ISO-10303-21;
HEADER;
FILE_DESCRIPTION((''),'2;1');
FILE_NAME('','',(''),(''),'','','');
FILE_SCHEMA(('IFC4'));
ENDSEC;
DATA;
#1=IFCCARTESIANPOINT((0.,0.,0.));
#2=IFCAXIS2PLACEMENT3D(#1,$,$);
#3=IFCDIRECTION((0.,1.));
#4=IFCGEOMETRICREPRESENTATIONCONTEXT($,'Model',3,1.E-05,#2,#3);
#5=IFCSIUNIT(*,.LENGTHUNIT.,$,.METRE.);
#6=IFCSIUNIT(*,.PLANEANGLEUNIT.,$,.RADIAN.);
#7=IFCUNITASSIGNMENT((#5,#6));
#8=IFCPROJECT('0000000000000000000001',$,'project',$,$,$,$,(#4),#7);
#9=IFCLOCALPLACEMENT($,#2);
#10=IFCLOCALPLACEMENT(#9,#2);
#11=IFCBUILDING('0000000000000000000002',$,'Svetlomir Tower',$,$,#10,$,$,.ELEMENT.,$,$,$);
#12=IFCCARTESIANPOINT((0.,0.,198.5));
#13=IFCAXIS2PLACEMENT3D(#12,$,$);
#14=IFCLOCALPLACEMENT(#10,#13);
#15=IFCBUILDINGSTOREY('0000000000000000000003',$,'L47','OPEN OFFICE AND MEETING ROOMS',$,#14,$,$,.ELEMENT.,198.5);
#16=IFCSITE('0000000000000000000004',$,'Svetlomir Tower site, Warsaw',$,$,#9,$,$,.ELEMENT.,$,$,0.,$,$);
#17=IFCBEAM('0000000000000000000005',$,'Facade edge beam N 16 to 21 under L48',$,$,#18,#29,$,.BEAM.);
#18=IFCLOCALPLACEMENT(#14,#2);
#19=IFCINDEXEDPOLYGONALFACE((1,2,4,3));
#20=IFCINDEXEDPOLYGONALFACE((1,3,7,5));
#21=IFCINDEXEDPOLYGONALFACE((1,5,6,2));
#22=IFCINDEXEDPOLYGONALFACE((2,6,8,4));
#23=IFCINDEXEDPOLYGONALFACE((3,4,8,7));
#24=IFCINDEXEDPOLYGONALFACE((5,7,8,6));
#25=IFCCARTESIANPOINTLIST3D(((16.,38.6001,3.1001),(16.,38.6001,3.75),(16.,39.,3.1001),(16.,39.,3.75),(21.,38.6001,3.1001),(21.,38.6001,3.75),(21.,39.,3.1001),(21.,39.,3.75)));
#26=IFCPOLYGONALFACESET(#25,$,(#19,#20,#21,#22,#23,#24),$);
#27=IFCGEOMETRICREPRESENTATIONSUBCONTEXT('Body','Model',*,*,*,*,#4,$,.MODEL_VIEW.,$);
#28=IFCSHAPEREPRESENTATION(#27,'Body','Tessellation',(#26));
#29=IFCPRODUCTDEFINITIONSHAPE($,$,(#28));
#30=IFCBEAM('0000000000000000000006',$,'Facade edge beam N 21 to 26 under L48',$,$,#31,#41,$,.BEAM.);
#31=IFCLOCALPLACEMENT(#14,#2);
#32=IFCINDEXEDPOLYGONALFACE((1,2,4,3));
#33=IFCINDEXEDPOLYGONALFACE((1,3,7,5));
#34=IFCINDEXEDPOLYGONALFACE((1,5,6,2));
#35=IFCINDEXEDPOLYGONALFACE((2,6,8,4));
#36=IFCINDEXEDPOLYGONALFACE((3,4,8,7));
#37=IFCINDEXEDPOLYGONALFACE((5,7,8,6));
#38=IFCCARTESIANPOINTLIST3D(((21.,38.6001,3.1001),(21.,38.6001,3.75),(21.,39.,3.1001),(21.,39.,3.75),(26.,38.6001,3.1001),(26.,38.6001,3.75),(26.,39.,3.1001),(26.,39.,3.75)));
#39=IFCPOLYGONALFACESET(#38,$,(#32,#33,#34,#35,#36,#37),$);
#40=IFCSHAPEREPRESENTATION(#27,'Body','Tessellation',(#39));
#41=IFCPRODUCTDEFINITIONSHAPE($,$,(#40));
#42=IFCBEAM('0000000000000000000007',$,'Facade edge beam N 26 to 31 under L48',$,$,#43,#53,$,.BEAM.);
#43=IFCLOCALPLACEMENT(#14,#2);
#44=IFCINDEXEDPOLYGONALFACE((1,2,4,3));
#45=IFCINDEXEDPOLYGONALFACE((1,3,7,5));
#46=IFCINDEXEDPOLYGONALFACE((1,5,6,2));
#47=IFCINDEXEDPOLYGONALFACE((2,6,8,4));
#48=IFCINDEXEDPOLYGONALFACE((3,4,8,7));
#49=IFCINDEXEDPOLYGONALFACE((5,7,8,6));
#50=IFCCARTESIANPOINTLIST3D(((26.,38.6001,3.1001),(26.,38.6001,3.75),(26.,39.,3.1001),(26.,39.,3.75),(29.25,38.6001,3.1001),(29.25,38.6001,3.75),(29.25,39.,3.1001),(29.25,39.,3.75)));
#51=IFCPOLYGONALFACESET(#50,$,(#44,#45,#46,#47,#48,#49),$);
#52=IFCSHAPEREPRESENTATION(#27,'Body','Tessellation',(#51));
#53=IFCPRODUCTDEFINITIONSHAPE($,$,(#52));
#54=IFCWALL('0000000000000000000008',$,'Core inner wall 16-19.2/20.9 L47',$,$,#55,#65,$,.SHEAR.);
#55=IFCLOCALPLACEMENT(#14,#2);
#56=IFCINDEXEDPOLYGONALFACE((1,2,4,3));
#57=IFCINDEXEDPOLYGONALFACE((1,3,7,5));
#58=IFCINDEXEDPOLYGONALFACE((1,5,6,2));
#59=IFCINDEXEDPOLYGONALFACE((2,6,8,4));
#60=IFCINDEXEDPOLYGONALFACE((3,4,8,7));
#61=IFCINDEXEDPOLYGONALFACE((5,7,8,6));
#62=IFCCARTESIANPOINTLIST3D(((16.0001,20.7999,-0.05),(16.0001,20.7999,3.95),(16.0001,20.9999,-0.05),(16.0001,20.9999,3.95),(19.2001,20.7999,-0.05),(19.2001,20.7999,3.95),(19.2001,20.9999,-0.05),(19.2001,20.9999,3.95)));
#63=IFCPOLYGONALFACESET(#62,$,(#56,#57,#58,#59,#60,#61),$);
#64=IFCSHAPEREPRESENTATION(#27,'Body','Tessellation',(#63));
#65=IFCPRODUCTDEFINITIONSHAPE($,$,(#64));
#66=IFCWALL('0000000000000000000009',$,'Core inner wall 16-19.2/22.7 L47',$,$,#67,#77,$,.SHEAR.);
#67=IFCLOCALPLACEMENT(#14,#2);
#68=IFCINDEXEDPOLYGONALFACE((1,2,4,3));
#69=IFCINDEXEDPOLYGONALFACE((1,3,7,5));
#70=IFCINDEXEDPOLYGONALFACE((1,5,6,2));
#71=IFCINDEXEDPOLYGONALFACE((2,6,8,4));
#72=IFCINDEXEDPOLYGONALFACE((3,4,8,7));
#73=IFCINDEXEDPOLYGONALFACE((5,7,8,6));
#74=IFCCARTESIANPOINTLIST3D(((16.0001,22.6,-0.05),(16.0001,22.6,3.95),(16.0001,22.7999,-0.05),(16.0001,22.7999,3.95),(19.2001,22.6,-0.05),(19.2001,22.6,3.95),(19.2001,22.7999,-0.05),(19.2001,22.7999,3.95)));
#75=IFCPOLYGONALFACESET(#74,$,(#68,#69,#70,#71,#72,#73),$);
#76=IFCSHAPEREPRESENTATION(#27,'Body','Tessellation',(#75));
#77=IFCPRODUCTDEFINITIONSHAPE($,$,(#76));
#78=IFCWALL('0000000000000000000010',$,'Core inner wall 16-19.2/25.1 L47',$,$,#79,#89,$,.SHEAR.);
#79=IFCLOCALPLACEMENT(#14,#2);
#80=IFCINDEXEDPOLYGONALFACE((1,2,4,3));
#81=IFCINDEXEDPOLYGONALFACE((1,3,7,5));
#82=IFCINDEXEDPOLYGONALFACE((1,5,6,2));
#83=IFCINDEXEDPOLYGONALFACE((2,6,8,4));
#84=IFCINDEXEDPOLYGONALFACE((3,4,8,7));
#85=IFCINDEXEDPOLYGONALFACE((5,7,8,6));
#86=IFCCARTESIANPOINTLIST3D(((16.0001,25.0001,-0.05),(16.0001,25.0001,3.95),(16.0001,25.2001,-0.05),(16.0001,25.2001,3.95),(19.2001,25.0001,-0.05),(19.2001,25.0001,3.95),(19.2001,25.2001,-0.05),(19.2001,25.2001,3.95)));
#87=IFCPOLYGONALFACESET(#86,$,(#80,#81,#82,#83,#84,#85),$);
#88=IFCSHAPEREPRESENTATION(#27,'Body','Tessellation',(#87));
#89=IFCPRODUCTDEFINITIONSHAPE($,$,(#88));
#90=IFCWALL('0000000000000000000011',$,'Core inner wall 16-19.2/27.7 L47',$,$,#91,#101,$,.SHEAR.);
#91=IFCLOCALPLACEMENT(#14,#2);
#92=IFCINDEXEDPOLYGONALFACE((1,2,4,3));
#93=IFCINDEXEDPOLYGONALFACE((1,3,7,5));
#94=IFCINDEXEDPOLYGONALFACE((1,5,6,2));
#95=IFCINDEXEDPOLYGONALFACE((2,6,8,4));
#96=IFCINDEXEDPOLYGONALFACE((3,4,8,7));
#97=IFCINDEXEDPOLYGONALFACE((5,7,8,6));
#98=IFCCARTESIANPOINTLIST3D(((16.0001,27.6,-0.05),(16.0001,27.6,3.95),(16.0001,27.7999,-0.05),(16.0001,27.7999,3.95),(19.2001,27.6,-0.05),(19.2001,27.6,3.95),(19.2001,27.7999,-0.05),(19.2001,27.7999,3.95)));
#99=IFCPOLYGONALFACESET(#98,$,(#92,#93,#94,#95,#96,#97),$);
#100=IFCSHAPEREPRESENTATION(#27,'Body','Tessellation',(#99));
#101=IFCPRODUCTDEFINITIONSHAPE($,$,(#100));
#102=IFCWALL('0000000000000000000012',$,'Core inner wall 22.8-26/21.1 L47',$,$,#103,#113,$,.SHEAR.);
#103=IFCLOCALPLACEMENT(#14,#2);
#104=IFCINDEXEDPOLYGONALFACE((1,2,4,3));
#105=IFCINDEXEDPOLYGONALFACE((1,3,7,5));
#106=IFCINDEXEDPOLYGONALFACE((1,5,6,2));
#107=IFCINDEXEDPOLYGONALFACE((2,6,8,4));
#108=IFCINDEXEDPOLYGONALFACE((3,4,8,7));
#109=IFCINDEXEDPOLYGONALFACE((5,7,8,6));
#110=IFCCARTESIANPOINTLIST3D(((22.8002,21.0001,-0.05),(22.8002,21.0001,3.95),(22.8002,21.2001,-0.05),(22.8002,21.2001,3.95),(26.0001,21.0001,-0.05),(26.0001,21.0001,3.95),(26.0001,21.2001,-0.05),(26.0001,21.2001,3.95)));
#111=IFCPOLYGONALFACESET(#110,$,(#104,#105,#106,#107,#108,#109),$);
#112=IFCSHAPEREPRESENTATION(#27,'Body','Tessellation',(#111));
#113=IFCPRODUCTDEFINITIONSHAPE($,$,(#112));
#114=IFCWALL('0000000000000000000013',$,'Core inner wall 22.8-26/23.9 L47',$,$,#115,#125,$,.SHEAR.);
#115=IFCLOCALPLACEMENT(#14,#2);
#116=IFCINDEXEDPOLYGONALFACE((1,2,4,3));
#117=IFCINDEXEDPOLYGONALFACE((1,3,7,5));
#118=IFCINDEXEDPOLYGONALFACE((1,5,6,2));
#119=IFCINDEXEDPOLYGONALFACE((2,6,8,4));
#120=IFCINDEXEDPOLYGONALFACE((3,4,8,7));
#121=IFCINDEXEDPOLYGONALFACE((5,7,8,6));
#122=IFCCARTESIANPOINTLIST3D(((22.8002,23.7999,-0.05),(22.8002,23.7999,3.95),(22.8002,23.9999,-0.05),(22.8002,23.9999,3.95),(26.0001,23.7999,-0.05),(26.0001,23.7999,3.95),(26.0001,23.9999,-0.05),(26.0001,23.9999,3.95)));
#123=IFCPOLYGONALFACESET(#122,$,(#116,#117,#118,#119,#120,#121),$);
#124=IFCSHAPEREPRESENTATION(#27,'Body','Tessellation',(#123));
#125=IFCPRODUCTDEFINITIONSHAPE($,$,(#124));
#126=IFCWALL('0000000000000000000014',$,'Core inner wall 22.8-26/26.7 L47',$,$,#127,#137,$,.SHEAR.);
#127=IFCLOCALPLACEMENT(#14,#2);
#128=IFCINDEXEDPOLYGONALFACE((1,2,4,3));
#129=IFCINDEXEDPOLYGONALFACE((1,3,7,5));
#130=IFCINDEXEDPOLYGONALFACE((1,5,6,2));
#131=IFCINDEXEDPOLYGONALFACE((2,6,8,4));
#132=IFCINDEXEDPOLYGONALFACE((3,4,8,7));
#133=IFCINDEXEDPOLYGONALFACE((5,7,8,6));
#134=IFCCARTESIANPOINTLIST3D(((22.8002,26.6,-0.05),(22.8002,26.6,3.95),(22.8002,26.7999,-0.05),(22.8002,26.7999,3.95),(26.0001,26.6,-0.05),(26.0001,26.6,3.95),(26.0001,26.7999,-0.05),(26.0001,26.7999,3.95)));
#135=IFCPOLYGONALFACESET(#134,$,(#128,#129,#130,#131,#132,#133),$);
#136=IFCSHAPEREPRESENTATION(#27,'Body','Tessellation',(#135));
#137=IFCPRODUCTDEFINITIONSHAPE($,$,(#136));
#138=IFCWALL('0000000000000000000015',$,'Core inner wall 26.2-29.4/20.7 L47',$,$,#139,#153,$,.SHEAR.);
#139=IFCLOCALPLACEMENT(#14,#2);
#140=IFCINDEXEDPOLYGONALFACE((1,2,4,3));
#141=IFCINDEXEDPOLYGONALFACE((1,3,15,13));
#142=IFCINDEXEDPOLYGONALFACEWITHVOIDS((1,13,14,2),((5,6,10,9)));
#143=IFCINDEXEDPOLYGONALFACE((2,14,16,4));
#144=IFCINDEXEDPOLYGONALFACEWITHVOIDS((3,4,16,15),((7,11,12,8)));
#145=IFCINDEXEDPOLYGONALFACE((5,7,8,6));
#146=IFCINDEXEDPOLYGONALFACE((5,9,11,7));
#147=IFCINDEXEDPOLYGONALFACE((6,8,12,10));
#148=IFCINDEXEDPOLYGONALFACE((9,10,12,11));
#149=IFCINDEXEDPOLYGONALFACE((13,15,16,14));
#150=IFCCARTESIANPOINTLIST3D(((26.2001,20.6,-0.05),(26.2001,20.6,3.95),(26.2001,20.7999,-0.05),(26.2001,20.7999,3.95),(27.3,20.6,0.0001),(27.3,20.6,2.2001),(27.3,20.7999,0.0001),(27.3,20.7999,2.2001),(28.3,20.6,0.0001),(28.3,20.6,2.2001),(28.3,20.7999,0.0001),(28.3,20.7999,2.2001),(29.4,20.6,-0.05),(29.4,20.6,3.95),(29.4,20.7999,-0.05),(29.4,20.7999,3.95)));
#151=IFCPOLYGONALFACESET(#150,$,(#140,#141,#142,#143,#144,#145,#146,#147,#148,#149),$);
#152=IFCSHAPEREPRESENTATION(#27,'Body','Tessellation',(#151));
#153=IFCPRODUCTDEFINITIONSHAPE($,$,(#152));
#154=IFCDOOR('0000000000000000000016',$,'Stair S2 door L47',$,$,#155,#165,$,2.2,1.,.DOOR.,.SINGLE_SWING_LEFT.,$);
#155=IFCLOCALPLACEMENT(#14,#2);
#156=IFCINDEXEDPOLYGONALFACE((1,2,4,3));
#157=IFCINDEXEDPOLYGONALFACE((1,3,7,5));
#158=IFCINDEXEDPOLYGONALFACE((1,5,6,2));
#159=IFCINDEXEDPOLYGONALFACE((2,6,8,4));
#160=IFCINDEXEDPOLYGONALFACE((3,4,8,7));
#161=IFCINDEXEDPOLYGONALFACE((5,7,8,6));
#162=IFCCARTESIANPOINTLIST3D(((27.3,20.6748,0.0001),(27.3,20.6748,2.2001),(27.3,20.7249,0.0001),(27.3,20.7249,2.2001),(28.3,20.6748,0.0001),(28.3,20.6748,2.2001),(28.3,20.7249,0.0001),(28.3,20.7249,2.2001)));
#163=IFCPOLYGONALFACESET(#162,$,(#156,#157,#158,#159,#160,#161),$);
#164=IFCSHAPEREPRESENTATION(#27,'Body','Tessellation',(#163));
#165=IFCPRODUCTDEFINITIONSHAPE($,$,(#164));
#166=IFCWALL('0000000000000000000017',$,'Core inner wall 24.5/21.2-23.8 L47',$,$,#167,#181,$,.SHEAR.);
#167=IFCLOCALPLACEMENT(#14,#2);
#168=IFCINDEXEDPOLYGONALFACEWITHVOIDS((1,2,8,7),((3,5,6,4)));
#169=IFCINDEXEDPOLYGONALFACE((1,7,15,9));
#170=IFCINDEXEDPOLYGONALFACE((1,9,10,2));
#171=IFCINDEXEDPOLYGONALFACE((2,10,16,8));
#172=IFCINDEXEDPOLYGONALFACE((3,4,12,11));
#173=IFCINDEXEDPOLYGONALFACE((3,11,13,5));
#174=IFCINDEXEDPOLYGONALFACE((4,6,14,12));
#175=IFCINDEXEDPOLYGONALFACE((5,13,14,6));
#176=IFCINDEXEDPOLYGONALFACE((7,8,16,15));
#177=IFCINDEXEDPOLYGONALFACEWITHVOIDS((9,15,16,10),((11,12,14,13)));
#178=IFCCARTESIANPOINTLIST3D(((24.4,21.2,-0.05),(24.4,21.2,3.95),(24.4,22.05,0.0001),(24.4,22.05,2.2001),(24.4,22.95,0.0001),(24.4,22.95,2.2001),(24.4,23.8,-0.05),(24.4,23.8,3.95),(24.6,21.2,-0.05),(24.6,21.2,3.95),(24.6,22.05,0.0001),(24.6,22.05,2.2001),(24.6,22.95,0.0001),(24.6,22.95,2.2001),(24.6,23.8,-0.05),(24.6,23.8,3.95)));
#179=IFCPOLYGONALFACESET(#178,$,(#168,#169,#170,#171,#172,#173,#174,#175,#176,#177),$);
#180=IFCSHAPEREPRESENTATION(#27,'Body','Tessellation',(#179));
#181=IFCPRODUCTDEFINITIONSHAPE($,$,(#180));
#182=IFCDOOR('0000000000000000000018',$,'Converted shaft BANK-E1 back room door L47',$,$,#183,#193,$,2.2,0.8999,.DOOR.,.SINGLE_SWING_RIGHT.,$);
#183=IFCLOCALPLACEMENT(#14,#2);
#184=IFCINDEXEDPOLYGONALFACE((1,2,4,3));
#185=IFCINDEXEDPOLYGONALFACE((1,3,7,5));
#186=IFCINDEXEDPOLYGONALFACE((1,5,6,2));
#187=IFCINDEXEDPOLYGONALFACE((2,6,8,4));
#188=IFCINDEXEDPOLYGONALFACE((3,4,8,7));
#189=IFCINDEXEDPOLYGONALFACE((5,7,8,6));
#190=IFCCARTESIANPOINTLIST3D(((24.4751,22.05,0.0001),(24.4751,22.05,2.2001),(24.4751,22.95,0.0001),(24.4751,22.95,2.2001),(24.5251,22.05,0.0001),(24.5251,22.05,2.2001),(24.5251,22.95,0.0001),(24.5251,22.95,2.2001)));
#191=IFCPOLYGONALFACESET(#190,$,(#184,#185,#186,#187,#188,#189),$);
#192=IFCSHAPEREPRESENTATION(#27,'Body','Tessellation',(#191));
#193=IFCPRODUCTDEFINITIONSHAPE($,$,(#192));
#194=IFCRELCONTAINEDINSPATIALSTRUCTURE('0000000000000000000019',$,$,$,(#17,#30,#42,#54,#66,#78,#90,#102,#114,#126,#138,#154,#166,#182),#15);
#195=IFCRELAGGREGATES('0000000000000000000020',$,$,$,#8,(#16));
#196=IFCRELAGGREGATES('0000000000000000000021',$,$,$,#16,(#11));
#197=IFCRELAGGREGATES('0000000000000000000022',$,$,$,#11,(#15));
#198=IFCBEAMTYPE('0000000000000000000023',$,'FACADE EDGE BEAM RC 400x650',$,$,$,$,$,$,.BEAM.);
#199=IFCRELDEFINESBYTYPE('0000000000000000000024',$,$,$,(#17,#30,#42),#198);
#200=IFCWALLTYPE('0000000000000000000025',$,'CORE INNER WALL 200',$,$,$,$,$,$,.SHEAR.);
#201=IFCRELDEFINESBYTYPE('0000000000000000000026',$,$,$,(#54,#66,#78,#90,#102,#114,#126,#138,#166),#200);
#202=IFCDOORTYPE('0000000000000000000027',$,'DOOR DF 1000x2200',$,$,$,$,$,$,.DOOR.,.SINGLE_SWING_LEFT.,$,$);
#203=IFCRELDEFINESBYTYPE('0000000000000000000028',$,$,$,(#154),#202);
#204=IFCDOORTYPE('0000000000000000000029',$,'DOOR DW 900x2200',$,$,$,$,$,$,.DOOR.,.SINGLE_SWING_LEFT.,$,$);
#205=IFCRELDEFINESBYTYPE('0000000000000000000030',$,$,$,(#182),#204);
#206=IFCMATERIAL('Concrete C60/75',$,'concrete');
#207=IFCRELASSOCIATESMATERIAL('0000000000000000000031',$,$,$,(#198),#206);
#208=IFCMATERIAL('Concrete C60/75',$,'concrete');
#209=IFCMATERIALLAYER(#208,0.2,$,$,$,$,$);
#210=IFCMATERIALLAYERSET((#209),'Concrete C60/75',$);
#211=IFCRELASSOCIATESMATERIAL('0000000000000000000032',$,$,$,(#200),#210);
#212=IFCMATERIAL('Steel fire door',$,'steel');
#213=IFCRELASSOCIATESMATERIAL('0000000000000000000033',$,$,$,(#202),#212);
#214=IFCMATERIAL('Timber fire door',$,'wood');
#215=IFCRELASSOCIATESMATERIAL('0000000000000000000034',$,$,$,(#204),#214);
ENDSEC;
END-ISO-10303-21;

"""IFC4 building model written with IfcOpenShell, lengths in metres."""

from ifc_helpers import new_model, si_unit, direction, frame, frame_2d, origin, origin_2d, place, context, subcontext, project, spatial, rectangle, extrude, material, layer, layer_set, material_profile, profile_set, type_object, element, fill, save


model = new_model("IFC4")

# Units and contexts
model_context = context("Model", 3, precision=1e-05, world=origin(), true_north=direction((0.0, 1.0)))
body_context = subcontext(model_context, "Body", "Model", "MODEL_VIEW")
ifc_project = project(units=[si_unit("LENGTHUNIT", "METRE"), si_unit("PLANEANGLEUNIT", "RADIAN")], contexts=[model_context])

# Site, building, storey
site_placement = place(None, origin())
site = spatial("IfcSite", under=ifc_project, at=site_placement, Name="Svetlomir Tower site, Warsaw", CompositionType="ELEMENT", RefElevation=0.0)
building_placement = place(site_placement, origin())
building = spatial("IfcBuilding", under=site, at=building_placement, Name="Svetlomir Tower", CompositionType="ELEMENT")
storey_placement = place(building_placement, frame((0.0, 0.0, 198.5)))
storey = spatial("IfcBuildingStorey", under=building, at=storey_placement, Name="L47", Description="OPEN OFFICE AND MEETING ROOMS", CompositionType="ELEMENT", Elevation=198.5)

# Beams
ifc_material_1 = material(Name="Concrete C60/75", Category="concrete")
ifc_material_profile = material_profile(ifc_material_1, rectangle(XDim=0.3999, YDim=0.6499, at=origin_2d()), Name="RC 400x650")
ifc_profile_set = profile_set([ifc_material_profile], Name="Concrete C60/75")
beam_type = type_object("IfcBeamType", Name="FACADE EDGE BEAM RC 400x650", PredefinedType="BEAM", material=ifc_profile_set)
for number, where, z_axis, x_axis, name in (
    (1, (16.0, 38.8, 3.425), (1.0, 0.0, 0.0), (0.0, 1.0, 0.0), "Facade edge beam N 16 to 21 under L48"),
    (2, (21.0, 38.8, 3.425), (1.0, 0.0, 0.0), (0.0, 1.0, 0.0), "Facade edge beam N 21 to 26 under L48"),
):
    element("IfcBeam", number, at=place(storey_placement, frame(where, z_axis=z_axis, x_axis=x_axis)), inside=storey, type_object=beam_type, Name=name, PredefinedType="BEAM", context=body_context, shape_type="SweptSolid", body=[
        extrude(rectangle(XDim=0.3999, YDim=0.6499, at=origin_2d()), origin(), (0.0, 0.0, 1.0), 5.0),
    ])
beam_placement = place(storey_placement, frame((26.0, 38.8, 3.425), z_axis=(1.0, 0.0, 0.0), x_axis=(0.0, 1.0, 0.0)))
element("IfcBeam", 3, at=beam_placement, inside=storey, type_object=beam_type, Name="Facade edge beam N 26 to 31 under L48", PredefinedType="BEAM", context=body_context, shape_type="SweptSolid", body=[
    extrude(rectangle(XDim=0.3999, YDim=0.6499, at=origin_2d()), origin(), (0.0, 0.0, 1.0), 3.25),
])

# Walls
ifc_material_2 = material(Name="Concrete C60/75", Category="concrete")
ifc_layer_1 = layer(ifc_material_2, 0.2)
ifc_layer_set_1 = layer_set([ifc_layer_1], Name="Concrete C60/75")
wall_type_1 = type_object("IfcWallType", Name="CORE INNER WALL 200", PredefinedType="SHEAR", material=ifc_layer_set_1)
for number, where, z_axis, x_axis, name in (
    (4, (16.0, 20.8999, -0.05), (0.0, 0.0, 1.0), (1.0, 0.0, 0.0), "Core inner wall 16-19.2/20.9 L47"),
    (5, (16.0, 22.7, -0.05), (0.0, 0.0, 1.0), (1.0, 0.0, 0.0), "Core inner wall 16-19.2/22.7 L47"),
    (6, (16.0, 25.1001, -0.05), (0.0, 0.0, 1.0), (1.0, 0.0, 0.0), "Core inner wall 16-19.2/25.1 L47"),
    (7, (16.0, 27.7, -0.05), (0.0, 0.0, 1.0), (1.0, 0.0, 0.0), "Core inner wall 16-19.2/27.7 L47"),
    (8, (22.8, 21.1001, -0.05), (0.0, 0.0, 1.0), (1.0, 0.0, 0.0), "Core inner wall 22.8-26/21.1 L47"),
    (9, (22.8, 23.8999, -0.05), (0.0, 0.0, 1.0), (1.0, 0.0, 0.0), "Core inner wall 22.8-26/23.9 L47"),
    (10, (22.8, 26.7, -0.05), (0.0, 0.0, 1.0), (1.0, 0.0, 0.0), "Core inner wall 22.8-26/26.7 L47"),
):
    element("IfcWall", number, at=place(storey_placement, frame(where, z_axis=z_axis, x_axis=x_axis)), inside=storey, type_object=wall_type_1, Name=name, PredefinedType="SHEAR", context=body_context, shape_type="SweptSolid", body=[
        extrude(rectangle(XDim=3.2, YDim=0.2, at=frame_2d((1.6001, 0.0))), origin(), (0.0, 0.0, 1.0), 4.0),
    ])

# Walls, openings, doors
wall_1_placement = place(storey_placement, frame((26.2, 20.7, -0.05), z_axis=(0.0, 0.0, 1.0), x_axis=(1.0, 0.0, 0.0)))
wall_1 = element("IfcWall", 11, at=wall_1_placement, inside=storey, type_object=wall_type_1, Name="Core inner wall 26.2-29.4/20.7 L47", PredefinedType="SHEAR", context=body_context, shape_type="SweptSolid", body=[
    extrude(rectangle(XDim=3.2, YDim=0.2, at=frame_2d((1.6001, 0.0))), origin(), (0.0, 0.0, 1.0), 4.0),
])
opening_1_placement = place(wall_1_placement, frame((1.1001, 0.0, 0.05)))
opening_1 = element("IfcOpeningElement", 12, at=opening_1_placement, cuts=wall_1, PredefinedType="OPENING", context=body_context, shape_type="SweptSolid", body=[
    extrude(rectangle(XDim=1.0, YDim=2.2, at=frame_2d((0.5, 1.1001))), frame((0.0, 0.1099, 0.0), z_axis=(0.0, -1.0, 0.0), x_axis=(1.0, 0.0, 0.0)), (0.0, 0.0, 1.0), 0.22),
])
ifc_material_3 = material(Name="Steel fire door", Category="steel")
door_type_1 = type_object("IfcDoorType", Name="DOOR DF 1000x2200", OperationType="SINGLE_SWING_LEFT", PredefinedType="DOOR", material=ifc_material_3)
door_1_placement = place(opening_1_placement, origin())
door_1 = element("IfcDoor", 13, at=door_1_placement, inside=storey, type_object=door_type_1, Name="Stair S2 door L47", OperationType="SINGLE_SWING_LEFT", OverallHeight=2.2, OverallWidth=1.0, PredefinedType="DOOR", context=body_context, shape_type="SweptSolid", body=[
    extrude(rectangle(XDim=1.0, YDim=2.2, at=frame_2d((0.5, 1.1001))), frame((0.0, 0.0249, 0.0), z_axis=(0.0, -1.0, 0.0), x_axis=(1.0, 0.0, 0.0)), (0.0, 0.0, 1.0), 0.05),
])
fill(opening_1, door_1)
wall_2_placement = place(storey_placement, frame((24.5, 21.2, -0.05), z_axis=(0.0, 0.0, 1.0), x_axis=(0.0, 1.0, 0.0)))
wall_2 = element("IfcWall", 14, at=wall_2_placement, inside=storey, type_object=wall_type_1, Name="Core inner wall 24.5/21.2-23.8 L47", PredefinedType="SHEAR", context=body_context, shape_type="SweptSolid", body=[
    extrude(rectangle(XDim=2.6001, YDim=0.2, at=frame_2d((1.3, 0.0))), origin(), (0.0, 0.0, 1.0), 4.0),
])
opening_2_placement = place(wall_2_placement, frame((0.8501, 0.0, 0.05)))
opening_2 = element("IfcOpeningElement", 15, at=opening_2_placement, cuts=wall_2, PredefinedType="OPENING", context=body_context, shape_type="SweptSolid", body=[
    extrude(rectangle(XDim=0.8999, YDim=2.2, at=frame_2d((0.45, 1.1001))), frame((0.0, 0.1099, 0.0), z_axis=(0.0, -1.0, 0.0), x_axis=(1.0, 0.0, 0.0)), (0.0, 0.0, 1.0), 0.22),
])
ifc_material_4 = material(Name="Timber fire door", Category="wood")
door_type_2 = type_object("IfcDoorType", Name="DOOR DW 900x2200", OperationType="SINGLE_SWING_LEFT", PredefinedType="DOOR", material=ifc_material_4)
door_2_placement = place(opening_2_placement, origin())
door_2 = element("IfcDoor", 16, at=door_2_placement, inside=storey, type_object=door_type_2, Name="Converted shaft BANK-E1 back room door L47", OperationType="SINGLE_SWING_RIGHT", OverallHeight=2.2, OverallWidth=0.8999, PredefinedType="DOOR", context=body_context, shape_type="SweptSolid", body=[
    extrude(rectangle(XDim=0.8999, YDim=2.2, at=frame_2d((0.45, 1.1001))), frame((0.0, 0.0249, 0.0), z_axis=(0.0, -1.0, 0.0), x_axis=(1.0, 0.0, 0.0)), (0.0, 0.0, 1.0), 0.05),
])
fill(opening_2, door_2)

save(model, "model.ifc")
